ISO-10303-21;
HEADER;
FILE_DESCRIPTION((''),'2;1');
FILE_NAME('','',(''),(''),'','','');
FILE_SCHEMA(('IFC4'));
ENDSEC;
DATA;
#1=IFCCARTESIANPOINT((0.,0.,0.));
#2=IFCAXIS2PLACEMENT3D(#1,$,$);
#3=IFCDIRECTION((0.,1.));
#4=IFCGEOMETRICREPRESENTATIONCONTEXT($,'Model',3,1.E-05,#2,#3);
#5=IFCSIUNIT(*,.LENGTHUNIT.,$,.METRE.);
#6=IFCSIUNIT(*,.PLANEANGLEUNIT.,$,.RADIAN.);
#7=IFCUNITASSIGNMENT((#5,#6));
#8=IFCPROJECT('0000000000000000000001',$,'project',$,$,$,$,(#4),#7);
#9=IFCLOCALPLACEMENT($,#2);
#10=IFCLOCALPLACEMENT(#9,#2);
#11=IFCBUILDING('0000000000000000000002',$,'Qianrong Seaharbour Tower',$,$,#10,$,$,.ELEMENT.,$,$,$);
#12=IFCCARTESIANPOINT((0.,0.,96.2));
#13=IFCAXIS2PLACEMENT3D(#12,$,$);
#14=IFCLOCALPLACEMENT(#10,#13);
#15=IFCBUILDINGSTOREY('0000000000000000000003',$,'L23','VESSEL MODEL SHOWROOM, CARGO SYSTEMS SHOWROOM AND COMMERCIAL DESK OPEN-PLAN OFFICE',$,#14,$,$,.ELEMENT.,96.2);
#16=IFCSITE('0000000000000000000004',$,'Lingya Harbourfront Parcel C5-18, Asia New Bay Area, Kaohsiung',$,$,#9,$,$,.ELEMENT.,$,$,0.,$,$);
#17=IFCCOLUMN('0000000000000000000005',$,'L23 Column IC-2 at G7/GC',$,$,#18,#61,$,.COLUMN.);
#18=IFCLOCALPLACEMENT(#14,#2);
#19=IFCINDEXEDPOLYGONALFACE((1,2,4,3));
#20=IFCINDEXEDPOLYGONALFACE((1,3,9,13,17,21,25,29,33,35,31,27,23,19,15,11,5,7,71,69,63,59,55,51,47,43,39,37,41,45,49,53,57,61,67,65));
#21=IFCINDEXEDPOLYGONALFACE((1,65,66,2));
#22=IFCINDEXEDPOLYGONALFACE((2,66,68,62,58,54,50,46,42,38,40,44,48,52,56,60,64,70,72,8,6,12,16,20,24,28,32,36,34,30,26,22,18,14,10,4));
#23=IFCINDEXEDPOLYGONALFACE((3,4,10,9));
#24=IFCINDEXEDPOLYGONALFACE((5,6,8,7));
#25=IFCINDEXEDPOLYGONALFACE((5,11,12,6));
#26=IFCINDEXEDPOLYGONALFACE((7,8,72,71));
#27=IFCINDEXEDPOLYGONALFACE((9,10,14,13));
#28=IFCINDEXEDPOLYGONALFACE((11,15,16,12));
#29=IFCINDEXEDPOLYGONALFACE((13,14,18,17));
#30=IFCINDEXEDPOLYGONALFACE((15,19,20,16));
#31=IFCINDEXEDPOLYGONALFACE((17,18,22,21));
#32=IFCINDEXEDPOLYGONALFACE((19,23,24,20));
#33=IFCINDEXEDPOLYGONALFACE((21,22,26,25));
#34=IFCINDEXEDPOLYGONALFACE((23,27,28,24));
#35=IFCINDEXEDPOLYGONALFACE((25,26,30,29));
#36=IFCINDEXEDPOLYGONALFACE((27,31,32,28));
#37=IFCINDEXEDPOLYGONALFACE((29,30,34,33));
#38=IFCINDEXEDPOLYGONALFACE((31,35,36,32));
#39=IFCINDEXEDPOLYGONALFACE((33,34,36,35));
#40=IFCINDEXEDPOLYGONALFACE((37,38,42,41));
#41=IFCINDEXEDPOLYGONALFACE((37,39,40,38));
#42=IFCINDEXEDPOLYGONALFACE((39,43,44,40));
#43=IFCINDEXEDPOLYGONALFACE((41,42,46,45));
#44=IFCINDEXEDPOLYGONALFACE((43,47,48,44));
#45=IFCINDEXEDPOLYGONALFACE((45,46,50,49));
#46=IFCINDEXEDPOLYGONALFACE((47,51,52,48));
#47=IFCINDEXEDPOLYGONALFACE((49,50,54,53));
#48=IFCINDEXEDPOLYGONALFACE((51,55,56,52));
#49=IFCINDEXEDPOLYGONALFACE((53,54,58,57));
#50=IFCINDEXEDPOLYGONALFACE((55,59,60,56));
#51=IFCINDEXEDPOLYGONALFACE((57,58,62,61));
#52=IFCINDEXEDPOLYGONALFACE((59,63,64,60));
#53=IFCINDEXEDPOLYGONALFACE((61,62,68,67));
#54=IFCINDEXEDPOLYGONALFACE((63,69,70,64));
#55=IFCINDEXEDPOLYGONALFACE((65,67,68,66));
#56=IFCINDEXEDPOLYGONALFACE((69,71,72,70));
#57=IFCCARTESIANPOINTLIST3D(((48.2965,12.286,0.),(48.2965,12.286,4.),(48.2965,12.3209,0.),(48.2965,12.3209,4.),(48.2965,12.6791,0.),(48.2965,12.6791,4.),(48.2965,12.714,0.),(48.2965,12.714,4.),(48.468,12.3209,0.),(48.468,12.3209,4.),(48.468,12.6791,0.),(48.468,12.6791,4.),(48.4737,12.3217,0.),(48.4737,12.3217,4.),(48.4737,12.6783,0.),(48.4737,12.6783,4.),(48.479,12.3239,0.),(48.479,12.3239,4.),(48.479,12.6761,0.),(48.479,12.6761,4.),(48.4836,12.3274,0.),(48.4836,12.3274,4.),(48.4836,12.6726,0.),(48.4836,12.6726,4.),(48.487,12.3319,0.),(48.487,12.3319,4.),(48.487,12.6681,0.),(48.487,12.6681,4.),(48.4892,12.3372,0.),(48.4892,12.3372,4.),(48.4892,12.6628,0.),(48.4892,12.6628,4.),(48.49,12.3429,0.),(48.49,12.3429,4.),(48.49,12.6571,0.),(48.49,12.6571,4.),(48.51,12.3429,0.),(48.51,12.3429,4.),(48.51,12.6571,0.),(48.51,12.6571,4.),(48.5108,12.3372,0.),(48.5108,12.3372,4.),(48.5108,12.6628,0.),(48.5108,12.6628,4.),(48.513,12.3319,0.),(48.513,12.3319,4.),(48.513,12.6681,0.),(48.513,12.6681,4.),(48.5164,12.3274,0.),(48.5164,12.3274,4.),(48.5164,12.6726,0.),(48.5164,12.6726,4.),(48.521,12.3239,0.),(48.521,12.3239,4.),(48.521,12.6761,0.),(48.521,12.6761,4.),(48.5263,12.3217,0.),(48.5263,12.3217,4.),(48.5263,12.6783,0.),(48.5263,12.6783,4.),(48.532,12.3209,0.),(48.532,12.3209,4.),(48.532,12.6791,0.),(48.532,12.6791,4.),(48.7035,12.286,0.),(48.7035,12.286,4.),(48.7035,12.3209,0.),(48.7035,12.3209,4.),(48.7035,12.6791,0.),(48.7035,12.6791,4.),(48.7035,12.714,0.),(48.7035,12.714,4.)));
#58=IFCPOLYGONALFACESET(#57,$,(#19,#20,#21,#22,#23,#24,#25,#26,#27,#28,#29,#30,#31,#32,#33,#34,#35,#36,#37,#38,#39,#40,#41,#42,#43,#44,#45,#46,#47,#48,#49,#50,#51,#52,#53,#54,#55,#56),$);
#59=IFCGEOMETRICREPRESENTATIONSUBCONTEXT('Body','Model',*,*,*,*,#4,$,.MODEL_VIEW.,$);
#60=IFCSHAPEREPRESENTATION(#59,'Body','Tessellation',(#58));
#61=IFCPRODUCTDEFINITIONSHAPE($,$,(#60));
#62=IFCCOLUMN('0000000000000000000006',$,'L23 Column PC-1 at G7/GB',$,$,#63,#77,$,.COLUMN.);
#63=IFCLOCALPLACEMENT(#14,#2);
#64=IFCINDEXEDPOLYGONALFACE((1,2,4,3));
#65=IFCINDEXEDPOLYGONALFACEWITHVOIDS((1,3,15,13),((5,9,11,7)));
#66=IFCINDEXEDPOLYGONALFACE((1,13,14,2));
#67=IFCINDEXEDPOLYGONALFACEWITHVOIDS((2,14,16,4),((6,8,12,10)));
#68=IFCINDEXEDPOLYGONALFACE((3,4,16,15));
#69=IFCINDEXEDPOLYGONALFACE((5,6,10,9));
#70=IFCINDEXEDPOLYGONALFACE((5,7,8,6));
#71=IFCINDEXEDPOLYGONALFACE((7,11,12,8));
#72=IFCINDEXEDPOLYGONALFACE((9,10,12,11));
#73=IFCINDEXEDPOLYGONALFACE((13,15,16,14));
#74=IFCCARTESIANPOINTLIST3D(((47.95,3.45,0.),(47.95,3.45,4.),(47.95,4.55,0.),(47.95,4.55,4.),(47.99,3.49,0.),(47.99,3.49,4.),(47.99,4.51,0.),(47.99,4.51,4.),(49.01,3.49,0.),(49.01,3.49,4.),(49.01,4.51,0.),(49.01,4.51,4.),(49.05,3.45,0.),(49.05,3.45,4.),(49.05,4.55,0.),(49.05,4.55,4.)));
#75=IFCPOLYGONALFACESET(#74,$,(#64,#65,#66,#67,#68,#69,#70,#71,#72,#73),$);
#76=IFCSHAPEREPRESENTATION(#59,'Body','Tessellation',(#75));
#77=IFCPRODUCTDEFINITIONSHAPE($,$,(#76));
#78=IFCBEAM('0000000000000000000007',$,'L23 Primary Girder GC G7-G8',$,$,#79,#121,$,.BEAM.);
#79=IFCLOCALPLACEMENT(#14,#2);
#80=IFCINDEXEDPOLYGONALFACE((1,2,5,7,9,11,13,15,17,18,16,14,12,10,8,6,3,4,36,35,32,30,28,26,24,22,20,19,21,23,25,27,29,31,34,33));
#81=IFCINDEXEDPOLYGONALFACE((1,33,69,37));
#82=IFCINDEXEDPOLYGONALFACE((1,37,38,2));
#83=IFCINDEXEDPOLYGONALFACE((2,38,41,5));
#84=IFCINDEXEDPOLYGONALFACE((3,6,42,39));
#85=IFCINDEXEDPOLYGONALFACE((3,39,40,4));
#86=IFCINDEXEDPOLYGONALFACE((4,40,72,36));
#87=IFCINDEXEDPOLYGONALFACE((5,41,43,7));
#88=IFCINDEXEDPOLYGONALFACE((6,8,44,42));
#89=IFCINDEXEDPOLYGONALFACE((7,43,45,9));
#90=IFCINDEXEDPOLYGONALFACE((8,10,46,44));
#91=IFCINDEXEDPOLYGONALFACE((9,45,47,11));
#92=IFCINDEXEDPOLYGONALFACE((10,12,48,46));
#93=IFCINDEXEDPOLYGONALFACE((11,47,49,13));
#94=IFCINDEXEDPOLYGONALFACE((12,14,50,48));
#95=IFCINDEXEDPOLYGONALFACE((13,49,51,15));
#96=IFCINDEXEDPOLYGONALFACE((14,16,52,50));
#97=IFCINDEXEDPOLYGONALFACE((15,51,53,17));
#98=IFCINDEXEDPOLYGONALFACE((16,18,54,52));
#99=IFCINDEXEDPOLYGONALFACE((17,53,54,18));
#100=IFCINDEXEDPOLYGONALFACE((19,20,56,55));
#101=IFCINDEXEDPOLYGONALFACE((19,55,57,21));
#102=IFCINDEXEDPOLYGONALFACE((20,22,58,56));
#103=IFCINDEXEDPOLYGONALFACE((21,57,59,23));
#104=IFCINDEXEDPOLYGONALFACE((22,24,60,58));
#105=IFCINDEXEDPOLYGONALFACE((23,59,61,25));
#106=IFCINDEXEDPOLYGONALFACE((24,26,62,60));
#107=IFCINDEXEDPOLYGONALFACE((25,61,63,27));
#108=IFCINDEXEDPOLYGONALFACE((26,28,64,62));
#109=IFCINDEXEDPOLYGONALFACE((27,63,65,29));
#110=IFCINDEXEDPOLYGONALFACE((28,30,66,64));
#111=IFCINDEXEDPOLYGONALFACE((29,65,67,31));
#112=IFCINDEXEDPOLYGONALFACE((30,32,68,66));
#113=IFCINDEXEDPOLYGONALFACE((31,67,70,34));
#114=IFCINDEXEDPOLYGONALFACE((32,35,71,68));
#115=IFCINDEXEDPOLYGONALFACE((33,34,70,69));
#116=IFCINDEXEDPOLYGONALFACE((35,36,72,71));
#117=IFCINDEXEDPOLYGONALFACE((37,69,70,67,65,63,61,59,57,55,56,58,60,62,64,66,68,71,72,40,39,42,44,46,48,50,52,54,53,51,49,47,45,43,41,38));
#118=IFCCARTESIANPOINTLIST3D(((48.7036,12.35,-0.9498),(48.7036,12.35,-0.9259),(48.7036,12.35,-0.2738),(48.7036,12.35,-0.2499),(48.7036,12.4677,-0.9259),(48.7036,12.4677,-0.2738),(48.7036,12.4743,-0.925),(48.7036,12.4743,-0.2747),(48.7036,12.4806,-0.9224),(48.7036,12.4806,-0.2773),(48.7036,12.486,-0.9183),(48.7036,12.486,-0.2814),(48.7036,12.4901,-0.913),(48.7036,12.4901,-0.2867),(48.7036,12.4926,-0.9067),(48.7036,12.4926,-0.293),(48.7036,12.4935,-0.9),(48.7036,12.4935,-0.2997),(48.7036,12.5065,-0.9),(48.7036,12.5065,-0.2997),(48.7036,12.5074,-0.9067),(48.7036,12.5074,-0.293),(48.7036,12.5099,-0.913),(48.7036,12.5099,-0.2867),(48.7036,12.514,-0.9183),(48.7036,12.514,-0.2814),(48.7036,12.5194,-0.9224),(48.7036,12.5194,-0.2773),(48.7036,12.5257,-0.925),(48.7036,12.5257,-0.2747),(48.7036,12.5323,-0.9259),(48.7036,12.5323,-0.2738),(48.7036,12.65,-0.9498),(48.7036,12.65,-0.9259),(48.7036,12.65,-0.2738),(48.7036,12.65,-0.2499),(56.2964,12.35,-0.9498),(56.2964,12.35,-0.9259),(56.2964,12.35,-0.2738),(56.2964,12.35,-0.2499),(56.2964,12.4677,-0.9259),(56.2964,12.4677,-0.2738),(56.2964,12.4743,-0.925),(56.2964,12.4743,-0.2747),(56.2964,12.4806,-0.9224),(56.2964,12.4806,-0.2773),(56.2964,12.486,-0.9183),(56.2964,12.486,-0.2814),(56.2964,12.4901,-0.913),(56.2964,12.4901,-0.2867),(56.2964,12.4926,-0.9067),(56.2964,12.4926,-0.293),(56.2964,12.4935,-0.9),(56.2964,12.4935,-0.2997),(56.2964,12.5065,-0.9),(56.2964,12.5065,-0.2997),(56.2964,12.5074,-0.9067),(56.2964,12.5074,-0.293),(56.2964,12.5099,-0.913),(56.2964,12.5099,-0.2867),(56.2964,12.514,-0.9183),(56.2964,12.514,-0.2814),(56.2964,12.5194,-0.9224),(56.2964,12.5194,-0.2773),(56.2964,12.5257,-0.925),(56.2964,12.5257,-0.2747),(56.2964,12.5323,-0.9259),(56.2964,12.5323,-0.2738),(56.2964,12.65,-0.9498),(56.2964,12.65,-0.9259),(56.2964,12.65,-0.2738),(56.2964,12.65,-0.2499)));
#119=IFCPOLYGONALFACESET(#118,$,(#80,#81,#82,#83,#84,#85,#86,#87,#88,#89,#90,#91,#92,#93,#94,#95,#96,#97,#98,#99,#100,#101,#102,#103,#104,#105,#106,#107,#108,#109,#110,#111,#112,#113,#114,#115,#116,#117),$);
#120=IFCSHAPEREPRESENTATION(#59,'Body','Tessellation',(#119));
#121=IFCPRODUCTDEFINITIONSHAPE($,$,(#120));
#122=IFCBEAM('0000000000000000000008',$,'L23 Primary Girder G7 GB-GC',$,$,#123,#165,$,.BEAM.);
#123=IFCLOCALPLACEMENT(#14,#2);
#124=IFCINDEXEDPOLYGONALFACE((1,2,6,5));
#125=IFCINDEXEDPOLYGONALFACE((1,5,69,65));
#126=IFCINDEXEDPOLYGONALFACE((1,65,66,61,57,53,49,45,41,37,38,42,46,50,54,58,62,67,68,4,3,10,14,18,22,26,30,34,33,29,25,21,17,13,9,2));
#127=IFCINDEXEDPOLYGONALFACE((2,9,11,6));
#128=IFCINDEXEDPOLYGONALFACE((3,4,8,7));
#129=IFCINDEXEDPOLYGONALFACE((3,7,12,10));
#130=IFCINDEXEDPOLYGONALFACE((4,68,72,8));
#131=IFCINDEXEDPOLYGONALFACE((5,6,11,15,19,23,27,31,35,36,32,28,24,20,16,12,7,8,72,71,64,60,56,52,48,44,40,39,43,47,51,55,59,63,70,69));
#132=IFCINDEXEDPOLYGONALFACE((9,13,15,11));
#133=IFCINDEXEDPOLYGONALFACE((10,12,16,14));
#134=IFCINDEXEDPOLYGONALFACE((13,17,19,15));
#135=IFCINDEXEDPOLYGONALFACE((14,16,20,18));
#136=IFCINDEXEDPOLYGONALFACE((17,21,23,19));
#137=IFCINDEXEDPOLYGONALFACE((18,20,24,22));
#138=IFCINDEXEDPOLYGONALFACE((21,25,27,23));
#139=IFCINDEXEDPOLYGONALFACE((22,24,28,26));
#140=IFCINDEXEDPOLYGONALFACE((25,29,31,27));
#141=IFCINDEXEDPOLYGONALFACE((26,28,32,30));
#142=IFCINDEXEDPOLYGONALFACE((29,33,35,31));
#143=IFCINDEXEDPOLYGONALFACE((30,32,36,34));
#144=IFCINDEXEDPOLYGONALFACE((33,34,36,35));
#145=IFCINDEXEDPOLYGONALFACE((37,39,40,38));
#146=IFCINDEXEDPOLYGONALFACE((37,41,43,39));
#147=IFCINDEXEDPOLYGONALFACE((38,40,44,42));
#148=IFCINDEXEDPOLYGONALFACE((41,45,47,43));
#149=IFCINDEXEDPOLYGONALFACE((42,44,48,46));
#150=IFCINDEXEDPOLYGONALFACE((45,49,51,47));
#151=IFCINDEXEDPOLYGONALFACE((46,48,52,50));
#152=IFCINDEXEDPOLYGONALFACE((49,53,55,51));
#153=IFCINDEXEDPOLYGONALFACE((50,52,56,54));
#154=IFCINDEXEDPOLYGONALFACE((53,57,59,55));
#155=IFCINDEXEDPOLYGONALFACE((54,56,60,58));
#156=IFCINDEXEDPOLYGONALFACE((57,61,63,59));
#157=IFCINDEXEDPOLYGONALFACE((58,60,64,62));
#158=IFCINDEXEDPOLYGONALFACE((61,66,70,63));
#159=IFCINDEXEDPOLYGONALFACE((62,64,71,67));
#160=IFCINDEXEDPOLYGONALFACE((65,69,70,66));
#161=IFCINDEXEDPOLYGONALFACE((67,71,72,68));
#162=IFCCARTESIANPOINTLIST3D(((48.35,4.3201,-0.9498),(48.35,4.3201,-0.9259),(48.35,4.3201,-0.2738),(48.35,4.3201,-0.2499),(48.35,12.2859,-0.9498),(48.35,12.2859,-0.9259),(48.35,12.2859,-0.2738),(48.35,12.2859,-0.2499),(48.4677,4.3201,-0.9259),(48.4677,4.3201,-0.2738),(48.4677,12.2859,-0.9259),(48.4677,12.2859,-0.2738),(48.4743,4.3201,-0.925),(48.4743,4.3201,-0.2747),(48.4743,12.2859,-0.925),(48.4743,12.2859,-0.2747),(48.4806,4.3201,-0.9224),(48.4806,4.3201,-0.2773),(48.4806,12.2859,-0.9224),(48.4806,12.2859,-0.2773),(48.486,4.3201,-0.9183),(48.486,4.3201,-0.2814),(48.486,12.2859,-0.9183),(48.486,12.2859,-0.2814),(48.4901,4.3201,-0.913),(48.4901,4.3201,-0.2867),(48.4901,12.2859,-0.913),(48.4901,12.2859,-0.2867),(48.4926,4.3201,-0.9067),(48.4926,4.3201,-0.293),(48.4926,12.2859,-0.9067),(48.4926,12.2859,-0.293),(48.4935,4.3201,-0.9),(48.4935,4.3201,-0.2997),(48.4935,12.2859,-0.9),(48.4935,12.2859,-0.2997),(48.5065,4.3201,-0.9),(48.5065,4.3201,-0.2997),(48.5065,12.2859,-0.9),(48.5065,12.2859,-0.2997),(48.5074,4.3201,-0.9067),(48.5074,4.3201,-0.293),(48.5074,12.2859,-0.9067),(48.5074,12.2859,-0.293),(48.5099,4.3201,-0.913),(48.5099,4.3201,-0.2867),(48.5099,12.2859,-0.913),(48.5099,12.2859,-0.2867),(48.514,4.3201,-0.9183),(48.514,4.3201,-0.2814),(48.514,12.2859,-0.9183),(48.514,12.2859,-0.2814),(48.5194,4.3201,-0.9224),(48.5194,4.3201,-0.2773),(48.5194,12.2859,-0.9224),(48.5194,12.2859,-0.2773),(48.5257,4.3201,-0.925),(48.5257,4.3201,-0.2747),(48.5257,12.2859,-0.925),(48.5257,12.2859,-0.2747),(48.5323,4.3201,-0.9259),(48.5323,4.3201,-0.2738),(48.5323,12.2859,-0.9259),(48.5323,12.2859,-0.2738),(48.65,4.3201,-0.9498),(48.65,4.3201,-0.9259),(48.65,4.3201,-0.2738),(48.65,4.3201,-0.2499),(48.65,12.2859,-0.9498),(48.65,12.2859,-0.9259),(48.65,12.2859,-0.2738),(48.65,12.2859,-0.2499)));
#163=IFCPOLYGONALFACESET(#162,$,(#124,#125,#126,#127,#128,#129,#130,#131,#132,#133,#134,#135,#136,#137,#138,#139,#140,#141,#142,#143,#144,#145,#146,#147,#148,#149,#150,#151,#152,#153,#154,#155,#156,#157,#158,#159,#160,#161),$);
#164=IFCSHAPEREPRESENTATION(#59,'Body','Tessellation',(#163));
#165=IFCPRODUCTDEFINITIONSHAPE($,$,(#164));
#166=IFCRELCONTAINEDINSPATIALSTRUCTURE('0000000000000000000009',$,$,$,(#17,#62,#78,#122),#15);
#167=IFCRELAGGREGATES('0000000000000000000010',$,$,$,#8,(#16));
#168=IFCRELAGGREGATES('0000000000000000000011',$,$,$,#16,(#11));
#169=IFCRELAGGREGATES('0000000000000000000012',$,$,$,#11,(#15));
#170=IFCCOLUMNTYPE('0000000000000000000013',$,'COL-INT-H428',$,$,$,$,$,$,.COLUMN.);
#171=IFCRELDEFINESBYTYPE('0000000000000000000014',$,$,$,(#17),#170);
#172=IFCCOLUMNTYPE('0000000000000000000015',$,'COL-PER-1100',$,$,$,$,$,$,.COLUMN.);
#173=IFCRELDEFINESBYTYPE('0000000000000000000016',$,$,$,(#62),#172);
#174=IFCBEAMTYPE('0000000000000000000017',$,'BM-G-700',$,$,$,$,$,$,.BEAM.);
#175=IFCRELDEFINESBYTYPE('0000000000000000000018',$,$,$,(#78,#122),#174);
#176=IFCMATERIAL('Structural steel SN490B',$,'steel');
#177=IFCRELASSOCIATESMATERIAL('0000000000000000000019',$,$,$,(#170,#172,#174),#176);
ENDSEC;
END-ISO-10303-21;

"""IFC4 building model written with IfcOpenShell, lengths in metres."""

from ifc_helpers import new_model, si_unit, direction, frame, origin, origin_2d, place, context, subcontext, project, spatial, hollow_rectangle, i_section, extrude, material, material_profile, profile_set, type_object, element, save


model = new_model("IFC4")

# Units and contexts
model_context = context("Model", 3, precision=1e-05, world=origin(), true_north=direction((0.0, 1.0)))
body_context = subcontext(model_context, "Body", "Model", "MODEL_VIEW")
ifc_project = project(units=[si_unit("LENGTHUNIT", "METRE"), si_unit("PLANEANGLEUNIT", "RADIAN")], contexts=[model_context])

# Site, building, storey
site_placement = place(None, origin())
site = spatial("IfcSite", under=ifc_project, at=site_placement, Name="Lingya Harbourfront Parcel C5-18, Asia New Bay Area, Kaohsiung", CompositionType="ELEMENT", RefElevation=0.0)
building_placement = place(site_placement, origin())
building = spatial("IfcBuilding", under=site, at=building_placement, Name="Qianrong Seaharbour Tower", CompositionType="ELEMENT")
storey_placement = place(building_placement, frame((0.0, 0.0, 96.2)))
storey = spatial("IfcBuildingStorey", under=building, at=storey_placement, Name="L23", Description="VESSEL MODEL SHOWROOM, CARGO SYSTEMS SHOWROOM AND COMMERCIAL DESK OPEN-PLAN OFFICE", CompositionType="ELEMENT", Elevation=96.2)

# Columns
ifc_material_1 = material(Name="Structural steel SN490B", Category="steel")
ifc_material_profile_1 = material_profile(ifc_material_1, i_section(OverallWidth=0.407, OverallDepth=0.428, WebThickness=0.02, FlangeThickness=0.0349, FilletRadius=0.022, at=origin_2d()), Name="H428x407x20x35")
ifc_profile_set_1 = profile_set([ifc_material_profile_1], Name="Structural steel SN490B")
column_type_1 = type_object("IfcColumnType", Name="COL-INT-H428", PredefinedType="COLUMN", material=ifc_profile_set_1)
column_1_placement = place(storey_placement, frame((48.5, 12.5, 0.0), z_axis=(0.0, 0.0, 1.0), x_axis=(1.0, 0.0, 0.0)))
element("IfcColumn", 1, at=column_1_placement, inside=storey, type_object=column_type_1, Name="L23 Column IC-2 at G7/GC", PredefinedType="COLUMN", context=body_context, shape_type="SweptSolid", body=[
    extrude(i_section(OverallWidth=0.407, OverallDepth=0.428, WebThickness=0.02, FlangeThickness=0.0349, FilletRadius=0.022, at=origin_2d()), origin(), (0.0, 0.0, 1.0), 4.0),
])
ifc_material_profile_2 = material_profile(ifc_material_1, hollow_rectangle(XDim=1.1001, YDim=1.1001, WallThickness=0.04, at=origin_2d()), Name="BOX1100x1100x40")
ifc_profile_set_2 = profile_set([ifc_material_profile_2], Name="Structural steel SN490B")
column_type_2 = type_object("IfcColumnType", Name="COL-PER-1100", PredefinedType="COLUMN", material=ifc_profile_set_2)
column_2_placement = place(storey_placement, frame((48.5, 4.0, 0.0), z_axis=(0.0, 0.0, 1.0), x_axis=(1.0, 0.0, 0.0)))
element("IfcColumn", 2, at=column_2_placement, inside=storey, type_object=column_type_2, Name="L23 Column PC-1 at G7/GB", PredefinedType="COLUMN", context=body_context, shape_type="SweptSolid", body=[
    extrude(hollow_rectangle(XDim=1.1001, YDim=1.1001, WallThickness=0.04, at=origin_2d()), origin(), (0.0, 0.0, 1.0), 4.0),
])

# Beams
ifc_material_profile_3 = material_profile(ifc_material_1, i_section(OverallWidth=0.3, OverallDepth=0.7, WebThickness=0.0129, FlangeThickness=0.0239, FilletRadius=0.0259, at=origin_2d()), Name="H700x300x13x24")
ifc_profile_set_3 = profile_set([ifc_material_profile_3], Name="Structural steel SN490B")
beam_type_1 = type_object("IfcBeamType", Name="BM-G-700", PredefinedType="BEAM", material=ifc_profile_set_3)
beam_1_placement = place(storey_placement, frame((48.7036, 12.5, -0.5999), z_axis=(1.0, 0.0, 0.0), x_axis=(0.0, 1.0, 0.0)))
element("IfcBeam", 3, at=beam_1_placement, inside=storey, type_object=beam_type_1, Name="L23 Primary Girder GC G7-G8", PredefinedType="BEAM", context=body_context, shape_type="SweptSolid", body=[
    extrude(i_section(OverallWidth=0.3, OverallDepth=0.7, WebThickness=0.0129, FlangeThickness=0.0239, FilletRadius=0.0259, at=origin_2d()), origin(), (0.0, 0.0, 1.0), 7.5928),
])
beam_2_placement = place(storey_placement, frame((48.5, 4.3201, -0.5999), z_axis=(0.0, 1.0, 0.0), x_axis=(-1.0, 0.0, 0.0)))
element("IfcBeam", 4, at=beam_2_placement, inside=storey, type_object=beam_type_1, Name="L23 Primary Girder G7 GB-GC", PredefinedType="BEAM", context=body_context, shape_type="SweptSolid", body=[
    extrude(i_section(OverallWidth=0.3, OverallDepth=0.7, WebThickness=0.0129, FlangeThickness=0.0239, FilletRadius=0.0259, at=origin_2d()), origin(), (0.0, 0.0, 1.0), 7.9658),
])

save(model, "model.ifc")
